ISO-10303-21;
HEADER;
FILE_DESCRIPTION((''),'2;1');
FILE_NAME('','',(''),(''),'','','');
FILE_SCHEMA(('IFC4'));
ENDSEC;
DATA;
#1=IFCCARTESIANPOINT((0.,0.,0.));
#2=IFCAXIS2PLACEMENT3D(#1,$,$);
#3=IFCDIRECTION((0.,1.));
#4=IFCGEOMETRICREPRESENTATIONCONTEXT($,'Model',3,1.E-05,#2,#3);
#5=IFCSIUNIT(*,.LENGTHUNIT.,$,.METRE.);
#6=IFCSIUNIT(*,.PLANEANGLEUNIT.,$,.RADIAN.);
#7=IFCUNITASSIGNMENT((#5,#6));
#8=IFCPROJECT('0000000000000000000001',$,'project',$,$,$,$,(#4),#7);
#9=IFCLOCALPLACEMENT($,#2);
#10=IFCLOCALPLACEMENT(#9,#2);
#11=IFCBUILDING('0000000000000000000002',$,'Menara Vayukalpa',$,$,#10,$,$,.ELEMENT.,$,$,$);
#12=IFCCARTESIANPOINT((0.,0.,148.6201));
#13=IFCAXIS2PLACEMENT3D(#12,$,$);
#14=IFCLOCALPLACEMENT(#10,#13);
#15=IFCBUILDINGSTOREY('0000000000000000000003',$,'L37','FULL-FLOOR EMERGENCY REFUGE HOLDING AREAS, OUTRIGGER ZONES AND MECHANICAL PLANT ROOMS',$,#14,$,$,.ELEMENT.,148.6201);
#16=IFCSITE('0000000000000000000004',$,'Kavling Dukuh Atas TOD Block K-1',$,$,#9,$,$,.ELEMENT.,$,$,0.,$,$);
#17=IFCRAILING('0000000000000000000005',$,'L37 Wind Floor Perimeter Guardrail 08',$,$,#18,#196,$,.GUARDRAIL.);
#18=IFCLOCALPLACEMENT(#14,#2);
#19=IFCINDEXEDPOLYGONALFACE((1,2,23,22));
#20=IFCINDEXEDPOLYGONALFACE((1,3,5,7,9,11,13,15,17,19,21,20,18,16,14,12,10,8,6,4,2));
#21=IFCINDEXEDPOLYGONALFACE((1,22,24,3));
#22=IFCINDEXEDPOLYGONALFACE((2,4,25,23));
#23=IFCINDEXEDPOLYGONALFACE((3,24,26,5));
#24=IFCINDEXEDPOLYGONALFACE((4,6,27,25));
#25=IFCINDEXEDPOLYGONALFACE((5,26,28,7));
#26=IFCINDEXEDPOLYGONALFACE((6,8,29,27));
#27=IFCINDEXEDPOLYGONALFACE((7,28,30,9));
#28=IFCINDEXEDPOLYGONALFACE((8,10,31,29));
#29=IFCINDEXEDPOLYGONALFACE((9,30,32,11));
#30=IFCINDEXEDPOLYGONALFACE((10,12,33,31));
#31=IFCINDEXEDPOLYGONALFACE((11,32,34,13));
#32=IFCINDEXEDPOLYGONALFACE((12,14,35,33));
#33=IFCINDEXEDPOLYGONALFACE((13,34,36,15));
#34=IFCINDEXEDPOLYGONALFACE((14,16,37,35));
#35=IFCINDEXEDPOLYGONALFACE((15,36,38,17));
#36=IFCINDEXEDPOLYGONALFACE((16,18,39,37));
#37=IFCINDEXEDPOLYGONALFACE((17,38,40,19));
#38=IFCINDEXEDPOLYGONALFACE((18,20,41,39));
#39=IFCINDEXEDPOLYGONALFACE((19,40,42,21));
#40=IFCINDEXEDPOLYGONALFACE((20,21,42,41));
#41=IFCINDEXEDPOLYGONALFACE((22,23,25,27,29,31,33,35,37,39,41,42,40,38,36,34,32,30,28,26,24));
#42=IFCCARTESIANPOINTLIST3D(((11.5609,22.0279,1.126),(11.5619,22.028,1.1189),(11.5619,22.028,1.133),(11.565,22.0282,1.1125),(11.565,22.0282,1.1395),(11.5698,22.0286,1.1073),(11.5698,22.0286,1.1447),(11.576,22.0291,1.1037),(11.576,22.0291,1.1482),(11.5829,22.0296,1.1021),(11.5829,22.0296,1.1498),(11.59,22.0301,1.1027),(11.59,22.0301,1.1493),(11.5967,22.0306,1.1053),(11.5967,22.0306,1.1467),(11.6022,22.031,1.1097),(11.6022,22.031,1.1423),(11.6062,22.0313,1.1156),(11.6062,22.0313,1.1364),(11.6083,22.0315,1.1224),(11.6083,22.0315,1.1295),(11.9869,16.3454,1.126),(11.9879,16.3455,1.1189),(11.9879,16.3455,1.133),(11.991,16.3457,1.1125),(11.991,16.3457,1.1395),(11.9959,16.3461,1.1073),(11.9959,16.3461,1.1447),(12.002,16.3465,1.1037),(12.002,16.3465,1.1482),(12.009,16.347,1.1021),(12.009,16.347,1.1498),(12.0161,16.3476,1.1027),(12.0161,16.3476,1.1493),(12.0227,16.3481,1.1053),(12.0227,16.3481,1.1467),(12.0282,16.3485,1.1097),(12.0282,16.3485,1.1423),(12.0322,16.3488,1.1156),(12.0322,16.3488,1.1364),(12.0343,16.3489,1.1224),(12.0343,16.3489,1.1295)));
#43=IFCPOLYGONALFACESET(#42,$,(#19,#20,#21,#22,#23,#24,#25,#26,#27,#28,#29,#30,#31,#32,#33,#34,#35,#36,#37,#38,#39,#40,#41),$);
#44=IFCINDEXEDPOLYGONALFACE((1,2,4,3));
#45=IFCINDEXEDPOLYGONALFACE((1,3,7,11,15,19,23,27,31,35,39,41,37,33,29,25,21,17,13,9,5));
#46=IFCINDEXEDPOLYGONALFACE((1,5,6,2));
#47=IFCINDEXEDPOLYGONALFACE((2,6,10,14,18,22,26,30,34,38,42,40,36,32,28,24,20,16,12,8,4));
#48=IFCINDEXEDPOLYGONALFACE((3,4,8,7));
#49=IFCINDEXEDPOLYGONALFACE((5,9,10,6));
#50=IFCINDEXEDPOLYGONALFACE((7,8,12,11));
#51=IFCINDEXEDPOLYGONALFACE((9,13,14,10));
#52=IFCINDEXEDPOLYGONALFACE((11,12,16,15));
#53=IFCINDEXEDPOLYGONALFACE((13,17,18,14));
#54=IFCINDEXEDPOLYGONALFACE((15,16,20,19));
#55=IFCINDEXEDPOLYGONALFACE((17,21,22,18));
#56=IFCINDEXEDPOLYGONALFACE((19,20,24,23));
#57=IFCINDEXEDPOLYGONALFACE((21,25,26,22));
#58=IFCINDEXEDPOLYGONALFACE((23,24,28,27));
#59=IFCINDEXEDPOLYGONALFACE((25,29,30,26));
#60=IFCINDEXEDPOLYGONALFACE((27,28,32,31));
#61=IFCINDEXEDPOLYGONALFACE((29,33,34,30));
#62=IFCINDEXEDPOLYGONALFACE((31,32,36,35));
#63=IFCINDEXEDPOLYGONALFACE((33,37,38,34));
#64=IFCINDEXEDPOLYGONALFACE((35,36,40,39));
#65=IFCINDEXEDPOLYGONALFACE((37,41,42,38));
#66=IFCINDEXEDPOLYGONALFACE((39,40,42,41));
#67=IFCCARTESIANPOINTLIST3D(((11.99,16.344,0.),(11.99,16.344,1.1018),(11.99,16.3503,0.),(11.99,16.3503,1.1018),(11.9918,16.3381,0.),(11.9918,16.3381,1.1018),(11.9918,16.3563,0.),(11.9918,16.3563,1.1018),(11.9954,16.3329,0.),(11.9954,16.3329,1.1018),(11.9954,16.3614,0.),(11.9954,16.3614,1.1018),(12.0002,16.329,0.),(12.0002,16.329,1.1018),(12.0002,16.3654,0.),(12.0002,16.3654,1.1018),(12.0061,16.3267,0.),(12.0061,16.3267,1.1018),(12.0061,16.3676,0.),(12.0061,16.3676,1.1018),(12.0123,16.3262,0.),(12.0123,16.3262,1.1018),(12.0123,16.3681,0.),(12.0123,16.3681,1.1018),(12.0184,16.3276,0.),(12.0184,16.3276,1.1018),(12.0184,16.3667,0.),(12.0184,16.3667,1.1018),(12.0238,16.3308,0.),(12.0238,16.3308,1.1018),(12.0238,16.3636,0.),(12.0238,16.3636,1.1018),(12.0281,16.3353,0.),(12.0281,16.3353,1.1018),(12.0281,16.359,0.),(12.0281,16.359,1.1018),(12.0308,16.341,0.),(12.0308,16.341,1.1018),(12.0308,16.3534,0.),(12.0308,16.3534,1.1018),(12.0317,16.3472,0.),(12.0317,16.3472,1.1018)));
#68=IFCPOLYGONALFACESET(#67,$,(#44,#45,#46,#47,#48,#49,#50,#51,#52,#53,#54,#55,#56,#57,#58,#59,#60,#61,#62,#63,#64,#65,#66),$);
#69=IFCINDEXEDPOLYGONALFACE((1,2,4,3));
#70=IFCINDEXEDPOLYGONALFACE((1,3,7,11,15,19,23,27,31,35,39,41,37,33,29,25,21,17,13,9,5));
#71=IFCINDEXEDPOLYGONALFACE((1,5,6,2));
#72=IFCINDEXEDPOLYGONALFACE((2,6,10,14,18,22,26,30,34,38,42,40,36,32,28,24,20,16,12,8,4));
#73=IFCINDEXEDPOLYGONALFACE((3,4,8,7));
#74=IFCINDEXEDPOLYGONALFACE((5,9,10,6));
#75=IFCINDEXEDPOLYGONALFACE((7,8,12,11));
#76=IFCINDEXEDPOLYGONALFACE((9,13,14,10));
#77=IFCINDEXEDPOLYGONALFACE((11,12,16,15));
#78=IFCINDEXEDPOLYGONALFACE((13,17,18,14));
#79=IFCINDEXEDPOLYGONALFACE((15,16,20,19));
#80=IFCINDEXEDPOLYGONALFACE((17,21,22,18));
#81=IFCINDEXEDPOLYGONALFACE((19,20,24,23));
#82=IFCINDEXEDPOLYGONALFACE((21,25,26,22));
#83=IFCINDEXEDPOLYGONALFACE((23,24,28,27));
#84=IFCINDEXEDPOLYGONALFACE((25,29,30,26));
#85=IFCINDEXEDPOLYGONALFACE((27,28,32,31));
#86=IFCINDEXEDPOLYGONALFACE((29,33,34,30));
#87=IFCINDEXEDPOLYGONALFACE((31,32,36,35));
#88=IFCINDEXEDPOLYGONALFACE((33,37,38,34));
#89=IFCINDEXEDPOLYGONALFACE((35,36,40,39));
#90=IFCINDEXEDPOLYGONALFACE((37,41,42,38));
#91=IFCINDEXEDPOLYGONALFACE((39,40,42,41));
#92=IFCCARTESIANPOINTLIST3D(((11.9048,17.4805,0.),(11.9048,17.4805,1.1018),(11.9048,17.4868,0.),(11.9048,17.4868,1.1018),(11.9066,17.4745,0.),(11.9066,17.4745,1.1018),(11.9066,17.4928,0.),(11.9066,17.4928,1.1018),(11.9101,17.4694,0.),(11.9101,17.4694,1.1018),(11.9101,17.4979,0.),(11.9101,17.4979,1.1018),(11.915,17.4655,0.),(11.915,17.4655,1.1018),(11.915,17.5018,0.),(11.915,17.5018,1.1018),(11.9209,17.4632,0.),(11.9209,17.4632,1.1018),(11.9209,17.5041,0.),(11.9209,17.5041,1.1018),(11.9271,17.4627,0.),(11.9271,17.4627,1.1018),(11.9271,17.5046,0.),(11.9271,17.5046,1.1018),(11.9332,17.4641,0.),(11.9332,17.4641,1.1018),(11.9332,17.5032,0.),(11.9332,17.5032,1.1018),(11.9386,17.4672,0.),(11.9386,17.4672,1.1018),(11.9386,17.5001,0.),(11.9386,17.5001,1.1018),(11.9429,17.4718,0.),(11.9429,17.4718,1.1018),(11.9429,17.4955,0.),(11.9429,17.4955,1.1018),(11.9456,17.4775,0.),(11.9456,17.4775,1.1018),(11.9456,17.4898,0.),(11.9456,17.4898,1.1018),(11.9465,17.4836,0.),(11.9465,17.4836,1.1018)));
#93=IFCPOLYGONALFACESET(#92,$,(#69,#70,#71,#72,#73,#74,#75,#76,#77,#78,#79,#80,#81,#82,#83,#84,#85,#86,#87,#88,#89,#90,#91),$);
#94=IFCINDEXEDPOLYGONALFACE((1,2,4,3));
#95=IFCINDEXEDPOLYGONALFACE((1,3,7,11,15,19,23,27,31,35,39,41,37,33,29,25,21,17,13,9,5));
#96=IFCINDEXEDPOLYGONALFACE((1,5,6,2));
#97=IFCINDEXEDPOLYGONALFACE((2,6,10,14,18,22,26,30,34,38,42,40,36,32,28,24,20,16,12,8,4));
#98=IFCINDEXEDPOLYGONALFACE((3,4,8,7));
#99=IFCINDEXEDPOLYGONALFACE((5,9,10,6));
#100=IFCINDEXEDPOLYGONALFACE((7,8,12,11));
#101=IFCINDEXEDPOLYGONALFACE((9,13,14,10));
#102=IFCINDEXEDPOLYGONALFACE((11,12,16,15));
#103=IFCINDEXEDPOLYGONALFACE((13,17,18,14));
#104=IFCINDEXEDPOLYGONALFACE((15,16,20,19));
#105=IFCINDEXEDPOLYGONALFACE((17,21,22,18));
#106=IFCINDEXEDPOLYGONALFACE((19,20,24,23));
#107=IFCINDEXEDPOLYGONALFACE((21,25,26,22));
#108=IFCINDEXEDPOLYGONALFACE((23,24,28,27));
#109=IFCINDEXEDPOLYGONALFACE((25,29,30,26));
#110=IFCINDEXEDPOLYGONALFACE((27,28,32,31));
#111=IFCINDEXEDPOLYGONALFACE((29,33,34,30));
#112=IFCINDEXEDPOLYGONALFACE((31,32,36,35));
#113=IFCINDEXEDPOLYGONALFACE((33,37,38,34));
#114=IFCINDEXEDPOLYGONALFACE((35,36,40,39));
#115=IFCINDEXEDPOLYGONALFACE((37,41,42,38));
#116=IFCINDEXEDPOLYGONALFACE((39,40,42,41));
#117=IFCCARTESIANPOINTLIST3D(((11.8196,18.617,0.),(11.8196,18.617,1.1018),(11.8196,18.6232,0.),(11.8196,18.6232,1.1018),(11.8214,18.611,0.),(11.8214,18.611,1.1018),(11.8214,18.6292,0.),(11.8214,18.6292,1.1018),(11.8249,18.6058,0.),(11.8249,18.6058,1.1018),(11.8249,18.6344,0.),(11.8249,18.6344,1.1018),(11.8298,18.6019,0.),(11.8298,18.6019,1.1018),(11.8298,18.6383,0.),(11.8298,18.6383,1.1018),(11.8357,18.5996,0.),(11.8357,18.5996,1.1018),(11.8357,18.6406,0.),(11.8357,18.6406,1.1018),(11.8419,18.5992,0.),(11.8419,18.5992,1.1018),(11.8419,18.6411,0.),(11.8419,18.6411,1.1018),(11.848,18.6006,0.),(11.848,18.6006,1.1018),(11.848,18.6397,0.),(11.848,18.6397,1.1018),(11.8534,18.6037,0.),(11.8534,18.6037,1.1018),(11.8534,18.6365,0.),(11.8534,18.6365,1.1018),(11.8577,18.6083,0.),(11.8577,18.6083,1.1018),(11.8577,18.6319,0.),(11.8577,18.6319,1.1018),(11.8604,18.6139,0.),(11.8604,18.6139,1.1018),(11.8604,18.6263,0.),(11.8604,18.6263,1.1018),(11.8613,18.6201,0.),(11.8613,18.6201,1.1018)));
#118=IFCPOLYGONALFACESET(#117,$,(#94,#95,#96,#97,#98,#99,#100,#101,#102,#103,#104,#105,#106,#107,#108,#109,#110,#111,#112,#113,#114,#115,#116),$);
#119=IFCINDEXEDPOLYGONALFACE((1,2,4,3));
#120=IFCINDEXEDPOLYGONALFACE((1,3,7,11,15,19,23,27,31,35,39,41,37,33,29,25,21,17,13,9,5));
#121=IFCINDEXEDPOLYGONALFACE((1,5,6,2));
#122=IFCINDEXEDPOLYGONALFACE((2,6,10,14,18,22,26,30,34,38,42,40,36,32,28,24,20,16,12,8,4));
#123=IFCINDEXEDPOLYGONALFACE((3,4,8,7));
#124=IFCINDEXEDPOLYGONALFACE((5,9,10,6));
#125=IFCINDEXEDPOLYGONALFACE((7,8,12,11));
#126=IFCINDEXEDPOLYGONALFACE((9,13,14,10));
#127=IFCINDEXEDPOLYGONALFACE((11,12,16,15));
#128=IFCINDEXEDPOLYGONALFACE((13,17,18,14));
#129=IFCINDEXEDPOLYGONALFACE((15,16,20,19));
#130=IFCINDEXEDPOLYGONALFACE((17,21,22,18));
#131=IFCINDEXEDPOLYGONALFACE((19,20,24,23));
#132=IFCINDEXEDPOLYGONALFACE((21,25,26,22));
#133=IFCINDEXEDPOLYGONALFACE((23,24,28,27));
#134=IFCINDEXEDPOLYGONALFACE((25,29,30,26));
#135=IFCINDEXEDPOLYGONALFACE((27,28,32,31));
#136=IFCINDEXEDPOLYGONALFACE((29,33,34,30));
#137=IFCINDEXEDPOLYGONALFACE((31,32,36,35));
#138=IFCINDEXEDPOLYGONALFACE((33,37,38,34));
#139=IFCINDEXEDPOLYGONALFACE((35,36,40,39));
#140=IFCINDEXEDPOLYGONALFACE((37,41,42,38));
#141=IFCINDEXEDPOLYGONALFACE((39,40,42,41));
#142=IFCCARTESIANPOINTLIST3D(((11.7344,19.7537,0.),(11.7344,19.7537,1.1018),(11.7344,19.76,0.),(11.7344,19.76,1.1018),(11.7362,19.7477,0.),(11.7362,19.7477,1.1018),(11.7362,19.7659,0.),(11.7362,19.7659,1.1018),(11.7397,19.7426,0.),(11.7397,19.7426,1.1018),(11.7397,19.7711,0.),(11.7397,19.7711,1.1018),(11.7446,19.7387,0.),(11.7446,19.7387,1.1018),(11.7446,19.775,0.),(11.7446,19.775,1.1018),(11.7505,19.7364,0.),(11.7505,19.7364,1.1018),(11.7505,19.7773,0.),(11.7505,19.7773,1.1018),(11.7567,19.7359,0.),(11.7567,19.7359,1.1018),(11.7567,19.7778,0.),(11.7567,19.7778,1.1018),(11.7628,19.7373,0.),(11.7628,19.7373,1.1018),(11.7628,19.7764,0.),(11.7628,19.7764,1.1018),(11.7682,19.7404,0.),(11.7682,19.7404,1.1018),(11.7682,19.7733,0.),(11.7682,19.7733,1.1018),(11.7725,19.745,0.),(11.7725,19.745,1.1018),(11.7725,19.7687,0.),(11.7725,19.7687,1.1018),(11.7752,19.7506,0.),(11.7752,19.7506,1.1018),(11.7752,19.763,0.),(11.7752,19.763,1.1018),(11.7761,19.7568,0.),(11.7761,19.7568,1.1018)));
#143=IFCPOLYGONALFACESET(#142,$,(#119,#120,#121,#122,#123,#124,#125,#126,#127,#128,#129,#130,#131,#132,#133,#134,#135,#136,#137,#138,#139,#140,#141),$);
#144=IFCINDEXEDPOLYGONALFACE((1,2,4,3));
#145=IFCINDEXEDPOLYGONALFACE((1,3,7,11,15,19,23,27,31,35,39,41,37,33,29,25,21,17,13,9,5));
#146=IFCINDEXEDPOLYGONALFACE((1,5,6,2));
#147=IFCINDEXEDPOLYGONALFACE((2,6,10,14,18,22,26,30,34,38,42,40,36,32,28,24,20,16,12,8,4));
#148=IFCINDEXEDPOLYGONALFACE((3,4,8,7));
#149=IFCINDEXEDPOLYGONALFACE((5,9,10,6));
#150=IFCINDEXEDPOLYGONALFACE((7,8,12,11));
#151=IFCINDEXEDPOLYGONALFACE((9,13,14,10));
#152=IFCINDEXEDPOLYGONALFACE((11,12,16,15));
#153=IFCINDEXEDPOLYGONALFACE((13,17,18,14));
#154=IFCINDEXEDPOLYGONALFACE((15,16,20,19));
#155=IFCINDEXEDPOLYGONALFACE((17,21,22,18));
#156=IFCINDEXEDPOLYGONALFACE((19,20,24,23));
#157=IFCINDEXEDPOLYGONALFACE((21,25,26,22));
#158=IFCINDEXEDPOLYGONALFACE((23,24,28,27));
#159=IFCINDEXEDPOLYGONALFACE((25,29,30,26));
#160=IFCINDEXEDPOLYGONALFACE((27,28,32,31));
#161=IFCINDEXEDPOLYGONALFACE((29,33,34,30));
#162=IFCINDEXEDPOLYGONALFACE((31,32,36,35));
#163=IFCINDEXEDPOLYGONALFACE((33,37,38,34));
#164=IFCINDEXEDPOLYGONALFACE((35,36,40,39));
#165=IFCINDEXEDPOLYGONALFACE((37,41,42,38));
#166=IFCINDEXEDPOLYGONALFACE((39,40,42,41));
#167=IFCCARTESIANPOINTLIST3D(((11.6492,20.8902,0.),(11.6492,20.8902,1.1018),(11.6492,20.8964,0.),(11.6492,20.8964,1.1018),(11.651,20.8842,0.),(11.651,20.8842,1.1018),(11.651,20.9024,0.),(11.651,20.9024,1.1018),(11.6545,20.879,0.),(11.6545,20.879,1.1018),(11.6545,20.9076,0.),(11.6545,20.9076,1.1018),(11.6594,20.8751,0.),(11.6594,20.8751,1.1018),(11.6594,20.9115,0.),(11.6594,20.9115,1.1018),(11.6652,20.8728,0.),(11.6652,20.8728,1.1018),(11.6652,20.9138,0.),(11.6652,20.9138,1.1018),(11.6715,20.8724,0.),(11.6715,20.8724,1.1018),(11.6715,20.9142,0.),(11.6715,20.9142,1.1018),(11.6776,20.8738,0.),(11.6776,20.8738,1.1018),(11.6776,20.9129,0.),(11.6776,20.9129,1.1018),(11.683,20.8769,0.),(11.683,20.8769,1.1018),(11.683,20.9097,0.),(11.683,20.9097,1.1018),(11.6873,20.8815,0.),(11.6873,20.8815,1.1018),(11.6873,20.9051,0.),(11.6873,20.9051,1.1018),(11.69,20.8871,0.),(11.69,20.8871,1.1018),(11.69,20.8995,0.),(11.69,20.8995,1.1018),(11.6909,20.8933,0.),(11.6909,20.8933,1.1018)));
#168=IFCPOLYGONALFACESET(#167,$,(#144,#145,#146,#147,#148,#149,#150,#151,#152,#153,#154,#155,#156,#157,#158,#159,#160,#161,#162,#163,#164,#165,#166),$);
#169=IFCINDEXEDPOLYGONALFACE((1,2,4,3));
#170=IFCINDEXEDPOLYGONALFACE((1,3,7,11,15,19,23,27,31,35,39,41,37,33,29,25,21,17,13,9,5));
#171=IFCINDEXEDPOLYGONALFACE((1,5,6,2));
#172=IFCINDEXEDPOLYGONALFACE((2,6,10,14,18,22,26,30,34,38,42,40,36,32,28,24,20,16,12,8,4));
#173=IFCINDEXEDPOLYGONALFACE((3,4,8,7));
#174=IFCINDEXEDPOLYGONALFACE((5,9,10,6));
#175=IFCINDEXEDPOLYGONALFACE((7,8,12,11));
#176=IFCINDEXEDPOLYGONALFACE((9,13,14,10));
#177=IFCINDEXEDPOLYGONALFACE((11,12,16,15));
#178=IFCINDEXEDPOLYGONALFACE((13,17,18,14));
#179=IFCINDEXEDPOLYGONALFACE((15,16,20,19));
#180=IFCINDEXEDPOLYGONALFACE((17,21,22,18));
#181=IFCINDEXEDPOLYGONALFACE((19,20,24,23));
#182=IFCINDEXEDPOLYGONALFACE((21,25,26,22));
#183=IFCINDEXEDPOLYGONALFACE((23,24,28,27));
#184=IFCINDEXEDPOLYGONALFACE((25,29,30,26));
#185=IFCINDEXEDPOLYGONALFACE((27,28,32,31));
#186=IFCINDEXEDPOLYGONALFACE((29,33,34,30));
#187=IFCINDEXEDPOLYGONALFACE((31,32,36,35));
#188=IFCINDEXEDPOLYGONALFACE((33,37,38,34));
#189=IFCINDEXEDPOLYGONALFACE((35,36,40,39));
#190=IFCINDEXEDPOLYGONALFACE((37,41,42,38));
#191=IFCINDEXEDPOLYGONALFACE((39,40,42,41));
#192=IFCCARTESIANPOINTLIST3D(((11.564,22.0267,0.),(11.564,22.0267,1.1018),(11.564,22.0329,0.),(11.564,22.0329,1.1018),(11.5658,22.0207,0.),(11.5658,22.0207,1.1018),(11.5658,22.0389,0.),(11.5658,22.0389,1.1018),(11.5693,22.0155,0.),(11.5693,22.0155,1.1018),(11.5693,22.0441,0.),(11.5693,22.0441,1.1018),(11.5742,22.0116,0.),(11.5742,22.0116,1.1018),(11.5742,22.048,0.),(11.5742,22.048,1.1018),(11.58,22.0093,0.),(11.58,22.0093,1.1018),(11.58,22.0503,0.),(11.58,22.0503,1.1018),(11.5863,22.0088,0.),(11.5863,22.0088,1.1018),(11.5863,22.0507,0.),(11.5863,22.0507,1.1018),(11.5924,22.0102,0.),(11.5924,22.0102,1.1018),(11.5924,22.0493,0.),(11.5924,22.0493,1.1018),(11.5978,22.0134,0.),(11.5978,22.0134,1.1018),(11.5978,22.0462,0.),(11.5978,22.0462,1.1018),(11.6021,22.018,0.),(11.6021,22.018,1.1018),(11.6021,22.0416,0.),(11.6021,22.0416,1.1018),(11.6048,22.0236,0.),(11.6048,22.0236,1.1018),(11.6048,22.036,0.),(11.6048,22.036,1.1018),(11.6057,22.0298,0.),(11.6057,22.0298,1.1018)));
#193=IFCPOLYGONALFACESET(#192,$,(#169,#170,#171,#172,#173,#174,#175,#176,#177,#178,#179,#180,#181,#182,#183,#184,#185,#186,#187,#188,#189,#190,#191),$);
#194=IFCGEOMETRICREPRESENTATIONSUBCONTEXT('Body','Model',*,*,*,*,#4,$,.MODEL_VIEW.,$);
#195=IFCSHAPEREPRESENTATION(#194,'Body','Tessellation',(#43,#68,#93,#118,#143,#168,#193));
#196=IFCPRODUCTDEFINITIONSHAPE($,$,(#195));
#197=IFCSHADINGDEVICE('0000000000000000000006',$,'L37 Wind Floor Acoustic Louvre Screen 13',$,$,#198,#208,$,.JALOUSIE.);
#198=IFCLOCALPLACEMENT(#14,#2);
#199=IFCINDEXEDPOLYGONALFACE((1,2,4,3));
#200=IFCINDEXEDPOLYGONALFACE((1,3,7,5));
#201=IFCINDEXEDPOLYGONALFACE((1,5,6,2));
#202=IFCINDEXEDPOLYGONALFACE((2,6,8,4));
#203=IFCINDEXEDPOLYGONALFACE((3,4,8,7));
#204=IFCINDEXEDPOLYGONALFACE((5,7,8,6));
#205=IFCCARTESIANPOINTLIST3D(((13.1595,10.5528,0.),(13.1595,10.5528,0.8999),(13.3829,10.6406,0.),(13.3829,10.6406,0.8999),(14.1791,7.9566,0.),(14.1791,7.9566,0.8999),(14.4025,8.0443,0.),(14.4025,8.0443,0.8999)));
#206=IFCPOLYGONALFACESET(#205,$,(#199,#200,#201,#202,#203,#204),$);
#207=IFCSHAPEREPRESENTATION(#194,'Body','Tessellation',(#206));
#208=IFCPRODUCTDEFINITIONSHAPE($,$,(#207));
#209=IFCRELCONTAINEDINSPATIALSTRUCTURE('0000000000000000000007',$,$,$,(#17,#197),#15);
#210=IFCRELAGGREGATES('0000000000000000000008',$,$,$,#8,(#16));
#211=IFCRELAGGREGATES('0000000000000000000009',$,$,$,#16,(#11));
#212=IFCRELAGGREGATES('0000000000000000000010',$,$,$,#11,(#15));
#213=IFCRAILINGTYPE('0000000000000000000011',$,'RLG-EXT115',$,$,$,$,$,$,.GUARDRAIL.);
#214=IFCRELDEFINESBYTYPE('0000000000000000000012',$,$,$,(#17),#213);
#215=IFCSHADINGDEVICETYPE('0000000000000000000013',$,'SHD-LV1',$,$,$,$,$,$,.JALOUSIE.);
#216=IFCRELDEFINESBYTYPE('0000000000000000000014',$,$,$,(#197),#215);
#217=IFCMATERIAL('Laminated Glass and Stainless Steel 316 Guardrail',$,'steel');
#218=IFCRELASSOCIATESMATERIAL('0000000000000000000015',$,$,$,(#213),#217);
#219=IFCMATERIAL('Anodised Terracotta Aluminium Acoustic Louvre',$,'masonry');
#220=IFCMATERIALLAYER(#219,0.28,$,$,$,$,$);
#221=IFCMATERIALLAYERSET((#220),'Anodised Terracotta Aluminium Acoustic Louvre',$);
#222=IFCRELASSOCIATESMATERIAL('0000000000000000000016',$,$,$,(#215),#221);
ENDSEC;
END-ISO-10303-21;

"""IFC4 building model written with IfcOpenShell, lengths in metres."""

from ifc_helpers import new_model, si_unit, direction, frame, origin, origin_2d, place, context, subcontext, project, spatial, rectangle, circle, extrude, material, layer, layer_set, type_object, element, save


model = new_model("IFC4")

# Units and contexts
model_context = context("Model", 3, precision=1e-05, world=origin(), true_north=direction((0.0, 1.0)))
body_context = subcontext(model_context, "Body", "Model", "MODEL_VIEW")
ifc_project = project(units=[si_unit("LENGTHUNIT", "METRE"), si_unit("PLANEANGLEUNIT", "RADIAN")], contexts=[model_context])

# Site, building, storey
site_placement = place(None, origin())
site = spatial("IfcSite", under=ifc_project, at=site_placement, Name="Kavling Dukuh Atas TOD Block K-1", CompositionType="ELEMENT", RefElevation=0.0)
building_placement = place(site_placement, origin())
building = spatial("IfcBuilding", under=site, at=building_placement, Name="Menara Vayukalpa", CompositionType="ELEMENT")
storey_placement = place(building_placement, frame((0.0, 0.0, 148.6201)))
storey = spatial("IfcBuildingStorey", under=building, at=storey_placement, Name="L37", Description="FULL-FLOOR EMERGENCY REFUGE HOLDING AREAS, OUTRIGGER ZONES AND MECHANICAL PLANT ROOMS", CompositionType="ELEMENT", Elevation=148.6201)

# Railing
ifc_material_1 = material(Name="Laminated Glass and Stainless Steel 316 Guardrail", Category="steel")
railing_type = type_object("IfcRailingType", Name="RLG-EXT115", PredefinedType="GUARDRAIL", material=ifc_material_1)
railing_1_placement = place(storey_placement, frame((12.0107, 16.3472, 0.0)))
element("IfcRailing", 1, at=railing_1_placement, inside=storey, type_object=railing_type, Name="L37 Wind Floor Perimeter Guardrail 08", PredefinedType="GUARDRAIL", context=body_context, shape_type="SweptSolid", body=[
    extrude(circle(Radius=0.0239, at=origin_2d()), frame((0.0, 0.0, 1.126), z_axis=(-0.07476, 0.997202, 0.0), x_axis=(-0.997202, -0.07476, 0.0)), (0.0, 0.0, 1.0), 5.6985),
    extrude(circle(Radius=0.021, at=origin_2d()), origin(), (0.0, 0.0, 1.0), 1.1018),
    extrude(circle(Radius=0.021, at=origin_2d()), frame((-0.0852, 1.1365, 0.0)), (0.0, 0.0, 1.0), 1.1018),
    extrude(circle(Radius=0.021, at=origin_2d()), frame((-0.1704, 2.2729, 0.0)), (0.0, 0.0, 1.0), 1.1018),
    extrude(circle(Radius=0.021, at=origin_2d()), frame((-0.2556, 3.4097, 0.0)), (0.0, 0.0, 1.0), 1.1018),
    extrude(circle(Radius=0.021, at=origin_2d()), frame((-0.3408, 4.5461, 0.0)), (0.0, 0.0, 1.0), 1.1018),
    extrude(circle(Radius=0.021, at=origin_2d()), frame((-0.426, 5.6826, 0.0)), (0.0, 0.0, 1.0), 1.1018),
])

# Shading device
ifc_material_2 = material(Name="Anodised Terracotta Aluminium Acoustic Louvre", Category="masonry")
ifc_layer_1 = layer(ifc_material_2, 0.28)
ifc_layer_set_1 = layer_set([ifc_layer_1], Name="Anodised Terracotta Aluminium Acoustic Louvre")
shading_device_type = type_object("IfcShadingDeviceType", Name="SHD-LV1", PredefinedType="JALOUSIE", material=ifc_layer_set_1)
shading_device_placement = place(storey_placement, frame((13.781, 9.2986, 0.0), z_axis=(0.0, 0.0, 1.0), x_axis=(0.365559, -0.930788, 0.0)))
element("IfcShadingDevice", 2, at=shading_device_placement, inside=storey, type_object=shading_device_type, Name="L37 Wind Floor Acoustic Louvre Screen 13", PredefinedType="JALOUSIE", context=body_context, shape_type="SweptSolid", body=[
    extrude(rectangle(XDim=2.7893, YDim=0.24, at=origin_2d()), origin(), (0.0, 0.0, 1.0), 0.8999),
])

save(model, "model.ifc")
